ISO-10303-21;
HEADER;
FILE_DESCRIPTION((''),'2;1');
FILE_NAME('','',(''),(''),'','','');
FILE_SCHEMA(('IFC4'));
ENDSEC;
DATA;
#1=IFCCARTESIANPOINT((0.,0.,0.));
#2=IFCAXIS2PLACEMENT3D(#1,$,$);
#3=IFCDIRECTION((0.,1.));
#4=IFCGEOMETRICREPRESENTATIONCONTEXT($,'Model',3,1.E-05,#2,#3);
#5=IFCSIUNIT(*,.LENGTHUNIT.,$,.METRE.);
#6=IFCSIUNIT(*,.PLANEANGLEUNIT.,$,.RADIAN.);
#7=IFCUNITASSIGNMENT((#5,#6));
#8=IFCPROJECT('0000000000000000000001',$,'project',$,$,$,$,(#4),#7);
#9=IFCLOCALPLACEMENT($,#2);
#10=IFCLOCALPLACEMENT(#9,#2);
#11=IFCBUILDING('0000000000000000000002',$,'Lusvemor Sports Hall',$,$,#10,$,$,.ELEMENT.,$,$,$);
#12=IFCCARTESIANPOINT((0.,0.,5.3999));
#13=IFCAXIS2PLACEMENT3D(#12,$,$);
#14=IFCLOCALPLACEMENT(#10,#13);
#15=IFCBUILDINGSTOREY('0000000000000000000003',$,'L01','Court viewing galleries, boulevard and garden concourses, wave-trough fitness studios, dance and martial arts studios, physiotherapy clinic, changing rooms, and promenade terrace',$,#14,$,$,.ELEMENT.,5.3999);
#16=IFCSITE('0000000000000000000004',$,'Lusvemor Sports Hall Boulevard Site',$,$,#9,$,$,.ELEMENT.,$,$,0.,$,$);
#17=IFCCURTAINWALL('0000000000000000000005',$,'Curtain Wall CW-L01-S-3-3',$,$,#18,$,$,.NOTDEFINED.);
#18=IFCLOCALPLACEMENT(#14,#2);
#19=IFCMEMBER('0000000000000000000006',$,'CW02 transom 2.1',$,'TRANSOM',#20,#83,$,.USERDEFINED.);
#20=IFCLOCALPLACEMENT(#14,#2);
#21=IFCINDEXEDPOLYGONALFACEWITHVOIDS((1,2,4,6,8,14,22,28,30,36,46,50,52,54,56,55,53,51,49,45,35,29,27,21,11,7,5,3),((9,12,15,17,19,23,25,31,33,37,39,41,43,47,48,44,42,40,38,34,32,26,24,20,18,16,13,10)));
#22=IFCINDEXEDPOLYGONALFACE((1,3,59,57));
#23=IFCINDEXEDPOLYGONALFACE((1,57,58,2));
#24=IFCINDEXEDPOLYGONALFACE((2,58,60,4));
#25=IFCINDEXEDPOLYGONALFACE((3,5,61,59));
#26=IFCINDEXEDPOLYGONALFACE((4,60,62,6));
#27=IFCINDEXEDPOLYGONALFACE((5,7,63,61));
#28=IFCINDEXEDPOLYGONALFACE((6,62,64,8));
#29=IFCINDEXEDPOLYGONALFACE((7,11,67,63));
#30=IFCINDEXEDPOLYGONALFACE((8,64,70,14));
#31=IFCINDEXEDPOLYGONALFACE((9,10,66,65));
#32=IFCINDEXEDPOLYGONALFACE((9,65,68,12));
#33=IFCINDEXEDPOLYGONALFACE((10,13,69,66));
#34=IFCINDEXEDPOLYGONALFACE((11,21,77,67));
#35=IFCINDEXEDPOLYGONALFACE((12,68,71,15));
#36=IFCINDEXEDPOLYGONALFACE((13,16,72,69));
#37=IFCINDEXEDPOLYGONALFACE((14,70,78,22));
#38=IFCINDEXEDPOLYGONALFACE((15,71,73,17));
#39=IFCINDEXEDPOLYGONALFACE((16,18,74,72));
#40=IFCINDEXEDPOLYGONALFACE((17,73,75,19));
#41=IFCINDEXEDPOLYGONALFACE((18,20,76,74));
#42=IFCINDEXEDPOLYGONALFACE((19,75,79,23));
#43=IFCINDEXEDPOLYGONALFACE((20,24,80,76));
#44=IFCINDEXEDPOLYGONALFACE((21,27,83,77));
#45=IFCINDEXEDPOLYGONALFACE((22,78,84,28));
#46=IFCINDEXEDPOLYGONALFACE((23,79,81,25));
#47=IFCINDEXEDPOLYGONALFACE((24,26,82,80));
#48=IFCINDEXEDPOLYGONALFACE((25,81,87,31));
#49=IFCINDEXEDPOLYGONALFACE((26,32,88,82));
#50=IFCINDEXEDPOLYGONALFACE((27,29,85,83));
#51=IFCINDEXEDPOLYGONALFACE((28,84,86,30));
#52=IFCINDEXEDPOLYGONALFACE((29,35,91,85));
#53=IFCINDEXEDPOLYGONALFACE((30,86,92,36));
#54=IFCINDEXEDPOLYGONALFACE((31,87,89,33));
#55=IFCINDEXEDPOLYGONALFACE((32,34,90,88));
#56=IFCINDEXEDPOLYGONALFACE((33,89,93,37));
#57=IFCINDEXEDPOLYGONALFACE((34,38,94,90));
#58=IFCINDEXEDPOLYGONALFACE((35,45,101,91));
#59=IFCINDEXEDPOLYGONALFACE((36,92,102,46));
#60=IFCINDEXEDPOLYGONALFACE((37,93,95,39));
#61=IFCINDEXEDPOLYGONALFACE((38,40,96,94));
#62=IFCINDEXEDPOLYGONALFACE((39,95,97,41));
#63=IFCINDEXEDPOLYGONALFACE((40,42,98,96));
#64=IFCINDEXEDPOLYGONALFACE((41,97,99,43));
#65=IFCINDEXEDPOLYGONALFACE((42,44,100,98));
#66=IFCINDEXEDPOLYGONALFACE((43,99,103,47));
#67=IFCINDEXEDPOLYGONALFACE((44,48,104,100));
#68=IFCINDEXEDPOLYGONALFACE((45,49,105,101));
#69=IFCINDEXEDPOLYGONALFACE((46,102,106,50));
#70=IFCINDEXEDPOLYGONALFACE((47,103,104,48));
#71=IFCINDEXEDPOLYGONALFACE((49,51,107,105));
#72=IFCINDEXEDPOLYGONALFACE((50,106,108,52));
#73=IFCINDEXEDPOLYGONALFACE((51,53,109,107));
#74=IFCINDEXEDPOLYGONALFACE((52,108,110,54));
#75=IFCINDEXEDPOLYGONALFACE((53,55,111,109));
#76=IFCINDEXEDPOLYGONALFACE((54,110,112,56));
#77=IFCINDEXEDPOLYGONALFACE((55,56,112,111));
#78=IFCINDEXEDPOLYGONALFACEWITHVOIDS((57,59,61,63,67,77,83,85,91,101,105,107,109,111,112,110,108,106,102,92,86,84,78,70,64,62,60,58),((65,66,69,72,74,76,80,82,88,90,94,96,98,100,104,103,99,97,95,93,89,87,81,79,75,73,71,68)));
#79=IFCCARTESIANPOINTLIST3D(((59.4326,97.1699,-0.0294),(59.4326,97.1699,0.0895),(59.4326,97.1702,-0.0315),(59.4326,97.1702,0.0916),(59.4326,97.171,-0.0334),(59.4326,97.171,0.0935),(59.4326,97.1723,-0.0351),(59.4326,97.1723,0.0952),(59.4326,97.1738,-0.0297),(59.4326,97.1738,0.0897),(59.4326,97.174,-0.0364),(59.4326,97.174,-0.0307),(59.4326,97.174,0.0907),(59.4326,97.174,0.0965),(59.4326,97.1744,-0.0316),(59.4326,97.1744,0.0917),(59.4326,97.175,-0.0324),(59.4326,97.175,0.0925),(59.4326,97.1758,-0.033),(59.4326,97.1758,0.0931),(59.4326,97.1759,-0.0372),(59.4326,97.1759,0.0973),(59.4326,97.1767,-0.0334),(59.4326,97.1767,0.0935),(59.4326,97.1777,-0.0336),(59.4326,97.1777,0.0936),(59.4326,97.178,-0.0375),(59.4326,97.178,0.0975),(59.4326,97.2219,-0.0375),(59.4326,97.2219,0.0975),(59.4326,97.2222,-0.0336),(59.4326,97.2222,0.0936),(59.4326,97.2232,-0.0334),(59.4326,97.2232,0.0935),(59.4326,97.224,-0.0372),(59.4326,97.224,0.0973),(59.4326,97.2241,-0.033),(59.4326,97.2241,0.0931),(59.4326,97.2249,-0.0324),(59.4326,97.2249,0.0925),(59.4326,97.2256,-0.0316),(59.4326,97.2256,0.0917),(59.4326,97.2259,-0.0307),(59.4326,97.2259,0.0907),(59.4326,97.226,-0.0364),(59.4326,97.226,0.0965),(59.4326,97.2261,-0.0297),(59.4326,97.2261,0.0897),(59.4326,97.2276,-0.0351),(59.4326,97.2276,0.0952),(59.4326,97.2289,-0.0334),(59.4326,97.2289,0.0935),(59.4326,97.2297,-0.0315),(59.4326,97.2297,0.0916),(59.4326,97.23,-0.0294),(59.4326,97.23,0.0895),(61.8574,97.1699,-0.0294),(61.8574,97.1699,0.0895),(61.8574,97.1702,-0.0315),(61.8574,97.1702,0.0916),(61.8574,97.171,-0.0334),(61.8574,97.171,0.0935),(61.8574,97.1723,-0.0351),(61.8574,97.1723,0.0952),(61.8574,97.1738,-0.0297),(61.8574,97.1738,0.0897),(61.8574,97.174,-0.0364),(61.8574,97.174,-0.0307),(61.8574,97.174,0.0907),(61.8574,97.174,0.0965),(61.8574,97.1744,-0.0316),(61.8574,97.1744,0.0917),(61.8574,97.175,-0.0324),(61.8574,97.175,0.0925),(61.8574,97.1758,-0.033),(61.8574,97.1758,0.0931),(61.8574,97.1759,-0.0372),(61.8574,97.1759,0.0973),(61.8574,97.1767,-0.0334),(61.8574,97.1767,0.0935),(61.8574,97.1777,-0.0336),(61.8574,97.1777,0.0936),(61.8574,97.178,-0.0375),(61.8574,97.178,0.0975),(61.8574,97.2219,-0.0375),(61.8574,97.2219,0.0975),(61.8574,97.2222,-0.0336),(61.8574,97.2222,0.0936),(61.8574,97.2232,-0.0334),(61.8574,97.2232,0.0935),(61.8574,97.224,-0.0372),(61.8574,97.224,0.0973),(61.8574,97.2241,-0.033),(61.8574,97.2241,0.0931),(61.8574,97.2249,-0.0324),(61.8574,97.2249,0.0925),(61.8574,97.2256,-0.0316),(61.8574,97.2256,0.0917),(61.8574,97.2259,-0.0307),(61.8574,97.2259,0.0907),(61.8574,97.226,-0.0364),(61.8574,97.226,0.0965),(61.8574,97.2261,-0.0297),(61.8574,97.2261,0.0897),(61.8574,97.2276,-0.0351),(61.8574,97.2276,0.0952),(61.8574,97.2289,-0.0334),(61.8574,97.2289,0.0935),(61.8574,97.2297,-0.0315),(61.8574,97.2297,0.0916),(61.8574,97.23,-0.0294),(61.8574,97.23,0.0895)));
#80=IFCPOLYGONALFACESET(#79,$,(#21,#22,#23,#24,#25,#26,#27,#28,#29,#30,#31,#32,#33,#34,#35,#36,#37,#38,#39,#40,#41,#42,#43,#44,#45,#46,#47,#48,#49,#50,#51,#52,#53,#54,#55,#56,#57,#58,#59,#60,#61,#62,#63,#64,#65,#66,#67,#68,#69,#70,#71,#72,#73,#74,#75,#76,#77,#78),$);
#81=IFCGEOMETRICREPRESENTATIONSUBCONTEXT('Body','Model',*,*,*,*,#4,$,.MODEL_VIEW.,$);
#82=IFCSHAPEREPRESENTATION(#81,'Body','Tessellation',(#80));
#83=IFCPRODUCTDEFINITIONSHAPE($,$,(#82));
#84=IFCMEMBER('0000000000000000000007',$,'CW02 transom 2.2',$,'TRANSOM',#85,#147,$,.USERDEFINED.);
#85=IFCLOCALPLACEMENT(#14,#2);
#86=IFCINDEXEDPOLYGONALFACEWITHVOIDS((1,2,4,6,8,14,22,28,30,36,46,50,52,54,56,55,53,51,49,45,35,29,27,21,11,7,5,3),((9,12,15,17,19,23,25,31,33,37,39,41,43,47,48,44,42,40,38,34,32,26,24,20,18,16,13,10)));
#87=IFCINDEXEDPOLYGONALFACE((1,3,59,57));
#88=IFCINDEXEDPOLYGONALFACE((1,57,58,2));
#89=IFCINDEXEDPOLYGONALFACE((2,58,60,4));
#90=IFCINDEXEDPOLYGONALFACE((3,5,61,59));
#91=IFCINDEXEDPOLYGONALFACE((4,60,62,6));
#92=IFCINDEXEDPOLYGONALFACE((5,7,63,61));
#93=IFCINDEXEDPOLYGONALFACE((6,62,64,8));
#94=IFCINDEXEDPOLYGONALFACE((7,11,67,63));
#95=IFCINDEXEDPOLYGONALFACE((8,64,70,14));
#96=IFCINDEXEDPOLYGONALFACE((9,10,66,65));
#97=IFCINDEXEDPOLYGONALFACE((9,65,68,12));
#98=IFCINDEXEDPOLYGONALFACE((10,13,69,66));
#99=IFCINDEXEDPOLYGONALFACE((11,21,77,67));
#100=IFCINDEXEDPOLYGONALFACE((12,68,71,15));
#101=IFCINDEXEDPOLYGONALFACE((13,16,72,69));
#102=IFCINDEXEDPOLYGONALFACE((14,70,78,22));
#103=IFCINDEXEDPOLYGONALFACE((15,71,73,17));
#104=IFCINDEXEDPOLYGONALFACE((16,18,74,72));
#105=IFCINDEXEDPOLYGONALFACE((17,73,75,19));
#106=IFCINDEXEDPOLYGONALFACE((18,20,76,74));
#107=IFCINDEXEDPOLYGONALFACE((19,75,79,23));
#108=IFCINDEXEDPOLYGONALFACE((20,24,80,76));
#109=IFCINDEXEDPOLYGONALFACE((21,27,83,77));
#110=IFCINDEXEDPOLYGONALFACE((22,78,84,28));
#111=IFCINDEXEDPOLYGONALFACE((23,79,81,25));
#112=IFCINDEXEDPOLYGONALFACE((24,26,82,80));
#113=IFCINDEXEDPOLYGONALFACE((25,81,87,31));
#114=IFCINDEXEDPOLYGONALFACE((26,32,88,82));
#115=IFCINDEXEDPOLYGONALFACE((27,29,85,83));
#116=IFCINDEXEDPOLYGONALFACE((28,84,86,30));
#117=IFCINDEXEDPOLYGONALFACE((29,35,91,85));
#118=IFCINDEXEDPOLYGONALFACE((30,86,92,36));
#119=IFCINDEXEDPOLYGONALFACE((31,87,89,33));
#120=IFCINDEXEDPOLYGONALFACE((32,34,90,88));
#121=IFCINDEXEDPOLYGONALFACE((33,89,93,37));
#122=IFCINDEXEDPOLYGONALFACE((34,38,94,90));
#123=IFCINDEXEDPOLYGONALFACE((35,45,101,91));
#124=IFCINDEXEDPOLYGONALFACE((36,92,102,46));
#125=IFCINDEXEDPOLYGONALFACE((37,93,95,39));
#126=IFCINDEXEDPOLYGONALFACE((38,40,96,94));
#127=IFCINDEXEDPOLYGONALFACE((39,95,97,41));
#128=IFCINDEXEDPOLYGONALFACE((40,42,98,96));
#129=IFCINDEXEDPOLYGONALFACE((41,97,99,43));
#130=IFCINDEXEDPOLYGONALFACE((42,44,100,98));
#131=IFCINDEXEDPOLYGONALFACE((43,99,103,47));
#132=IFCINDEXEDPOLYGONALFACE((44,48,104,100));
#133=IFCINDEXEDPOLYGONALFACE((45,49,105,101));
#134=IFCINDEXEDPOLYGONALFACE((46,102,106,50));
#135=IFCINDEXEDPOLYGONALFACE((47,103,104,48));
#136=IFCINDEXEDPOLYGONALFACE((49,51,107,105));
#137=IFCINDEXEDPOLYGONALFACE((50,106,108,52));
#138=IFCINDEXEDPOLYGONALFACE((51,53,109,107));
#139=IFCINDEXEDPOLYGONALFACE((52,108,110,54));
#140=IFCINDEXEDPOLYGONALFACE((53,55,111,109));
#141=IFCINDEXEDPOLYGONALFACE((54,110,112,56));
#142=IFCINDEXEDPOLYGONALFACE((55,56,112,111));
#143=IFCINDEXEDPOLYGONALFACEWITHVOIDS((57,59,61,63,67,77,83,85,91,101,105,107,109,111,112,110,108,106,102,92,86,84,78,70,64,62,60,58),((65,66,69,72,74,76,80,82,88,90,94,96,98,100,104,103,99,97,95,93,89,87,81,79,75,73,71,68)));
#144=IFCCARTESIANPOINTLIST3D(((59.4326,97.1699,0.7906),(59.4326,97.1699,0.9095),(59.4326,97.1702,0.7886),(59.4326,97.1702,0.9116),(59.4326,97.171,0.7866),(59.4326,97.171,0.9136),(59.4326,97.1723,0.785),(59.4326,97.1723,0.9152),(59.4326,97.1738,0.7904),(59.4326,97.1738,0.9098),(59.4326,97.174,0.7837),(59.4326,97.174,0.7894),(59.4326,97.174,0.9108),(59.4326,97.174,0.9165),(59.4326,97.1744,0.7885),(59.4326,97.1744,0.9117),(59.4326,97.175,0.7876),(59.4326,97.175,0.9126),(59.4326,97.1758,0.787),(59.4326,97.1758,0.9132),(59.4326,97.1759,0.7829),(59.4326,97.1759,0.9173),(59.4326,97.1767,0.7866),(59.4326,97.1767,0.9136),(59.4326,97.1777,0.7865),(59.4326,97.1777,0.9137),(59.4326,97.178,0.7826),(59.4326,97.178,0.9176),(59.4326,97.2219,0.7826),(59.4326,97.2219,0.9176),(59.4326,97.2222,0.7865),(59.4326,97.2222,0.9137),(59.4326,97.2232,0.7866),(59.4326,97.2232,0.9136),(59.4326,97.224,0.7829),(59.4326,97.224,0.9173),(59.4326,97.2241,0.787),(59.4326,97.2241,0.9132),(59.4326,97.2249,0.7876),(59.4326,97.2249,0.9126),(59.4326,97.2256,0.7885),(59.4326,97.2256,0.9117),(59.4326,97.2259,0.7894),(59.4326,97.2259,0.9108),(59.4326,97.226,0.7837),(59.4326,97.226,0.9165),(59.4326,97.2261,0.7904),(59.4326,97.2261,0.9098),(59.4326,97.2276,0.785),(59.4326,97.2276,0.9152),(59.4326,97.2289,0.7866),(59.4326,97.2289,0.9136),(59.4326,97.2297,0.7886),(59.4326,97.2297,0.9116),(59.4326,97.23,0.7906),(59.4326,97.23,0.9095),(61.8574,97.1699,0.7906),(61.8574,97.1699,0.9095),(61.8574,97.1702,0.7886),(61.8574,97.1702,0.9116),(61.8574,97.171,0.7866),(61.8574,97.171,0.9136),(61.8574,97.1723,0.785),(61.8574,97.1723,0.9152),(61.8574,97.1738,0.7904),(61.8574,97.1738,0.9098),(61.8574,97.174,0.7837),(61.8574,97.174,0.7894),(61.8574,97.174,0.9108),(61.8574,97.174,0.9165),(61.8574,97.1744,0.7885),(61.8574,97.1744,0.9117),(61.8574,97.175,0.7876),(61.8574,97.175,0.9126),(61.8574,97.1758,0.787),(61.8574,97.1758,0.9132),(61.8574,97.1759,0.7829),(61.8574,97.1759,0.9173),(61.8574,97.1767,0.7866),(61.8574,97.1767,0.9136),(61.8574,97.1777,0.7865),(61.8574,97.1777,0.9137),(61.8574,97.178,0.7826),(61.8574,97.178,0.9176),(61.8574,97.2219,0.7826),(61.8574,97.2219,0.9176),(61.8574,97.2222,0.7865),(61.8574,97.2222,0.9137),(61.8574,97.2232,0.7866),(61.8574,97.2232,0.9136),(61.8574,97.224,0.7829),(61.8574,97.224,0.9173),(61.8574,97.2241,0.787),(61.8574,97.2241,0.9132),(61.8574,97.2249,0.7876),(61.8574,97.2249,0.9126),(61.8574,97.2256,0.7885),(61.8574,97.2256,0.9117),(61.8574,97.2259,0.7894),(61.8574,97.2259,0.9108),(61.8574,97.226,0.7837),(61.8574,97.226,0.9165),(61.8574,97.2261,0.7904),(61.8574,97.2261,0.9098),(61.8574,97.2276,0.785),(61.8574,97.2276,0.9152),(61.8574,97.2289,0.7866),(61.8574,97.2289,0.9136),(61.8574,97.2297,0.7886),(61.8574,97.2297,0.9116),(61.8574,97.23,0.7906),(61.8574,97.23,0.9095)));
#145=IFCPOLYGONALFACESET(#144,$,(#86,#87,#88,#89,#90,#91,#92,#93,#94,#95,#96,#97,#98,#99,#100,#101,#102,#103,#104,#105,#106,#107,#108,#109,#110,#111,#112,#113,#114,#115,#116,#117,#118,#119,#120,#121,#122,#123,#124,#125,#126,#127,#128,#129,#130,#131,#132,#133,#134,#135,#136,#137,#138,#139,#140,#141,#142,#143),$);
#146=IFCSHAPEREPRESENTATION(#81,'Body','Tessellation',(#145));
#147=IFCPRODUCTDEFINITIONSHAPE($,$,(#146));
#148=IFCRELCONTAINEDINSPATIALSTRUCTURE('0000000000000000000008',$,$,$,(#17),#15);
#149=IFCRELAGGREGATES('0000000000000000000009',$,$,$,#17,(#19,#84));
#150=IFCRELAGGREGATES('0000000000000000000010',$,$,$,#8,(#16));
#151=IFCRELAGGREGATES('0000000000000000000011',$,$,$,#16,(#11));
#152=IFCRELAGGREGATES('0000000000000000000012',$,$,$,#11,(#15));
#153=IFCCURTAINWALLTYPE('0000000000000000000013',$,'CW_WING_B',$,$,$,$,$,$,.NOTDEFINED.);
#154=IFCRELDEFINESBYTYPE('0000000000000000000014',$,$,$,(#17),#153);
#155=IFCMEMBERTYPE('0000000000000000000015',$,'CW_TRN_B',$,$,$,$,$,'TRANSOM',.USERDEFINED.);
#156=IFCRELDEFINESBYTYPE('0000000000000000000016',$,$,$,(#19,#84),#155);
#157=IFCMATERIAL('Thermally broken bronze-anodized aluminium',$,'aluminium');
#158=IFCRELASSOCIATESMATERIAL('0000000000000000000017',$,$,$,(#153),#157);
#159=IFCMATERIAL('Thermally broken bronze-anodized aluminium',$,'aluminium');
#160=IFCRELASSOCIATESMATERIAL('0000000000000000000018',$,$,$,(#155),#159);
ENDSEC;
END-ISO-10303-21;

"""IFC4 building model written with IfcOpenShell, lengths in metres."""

from ifc_helpers import new_model, si_unit, direction, frame, origin, origin_2d, place, context, subcontext, project, spatial, hollow_rectangle, extrude, material, material_profile, profile_set, type_object, element, aggregate, save


model = new_model("IFC4")

# Units and contexts
model_context = context("Model", 3, precision=1e-05, world=origin(), true_north=direction((0.0, 1.0)))
body_context = subcontext(model_context, "Body", "Model", "MODEL_VIEW")
ifc_project = project(units=[si_unit("LENGTHUNIT", "METRE"), si_unit("PLANEANGLEUNIT", "RADIAN")], contexts=[model_context])

# Site, building, storey
site_placement = place(None, origin())
site = spatial("IfcSite", under=ifc_project, at=site_placement, Name="Lusvemor Sports Hall Boulevard Site", CompositionType="ELEMENT", RefElevation=0.0)
building_placement = place(site_placement, origin())
building = spatial("IfcBuilding", under=site, at=building_placement, Name="Lusvemor Sports Hall", CompositionType="ELEMENT")
storey_placement = place(building_placement, frame((0.0, 0.0, 5.3999)))
storey = spatial("IfcBuildingStorey", under=building, at=storey_placement, Name="L01", Description="Court viewing galleries, boulevard and garden concourses, wave-trough fitness studios, dance and martial arts studios, physiotherapy clinic, changing rooms, and promenade terrace", CompositionType="ELEMENT", Elevation=5.3999)

# Curtain wall, members
ifc_material_1 = material(Name="Thermally broken bronze-anodized aluminium", Category="aluminium")
curtain_wall_type = type_object("IfcCurtainWallType", Name="CW_WING_B", PredefinedType="NOTDEFINED", material=ifc_material_1)
curtain_wall_placement = place(storey_placement, origin())
curtain_wall = element("IfcCurtainWall", 1, at=curtain_wall_placement, inside=storey, type_object=curtain_wall_type, Name="Curtain Wall CW-L01-S-3-3", PredefinedType="NOTDEFINED")
ifc_material_2 = material(Name="Thermally broken bronze-anodized aluminium", Category="aluminium")
ifc_material_profile_1 = material_profile(ifc_material_2, hollow_rectangle(XDim=0.0601, YDim=0.135, WallThickness=0.0039, InnerFilletRadius=0.0039, OuterFilletRadius=0.0081, at=origin_2d()), Name="CWTRN135x60x4")
ifc_profile_set_1 = profile_set([ifc_material_profile_1], Name="Thermally broken bronze-anodized aluminium")
member_type_1 = type_object("IfcMemberType", Name="CW_TRN_B", ElementType="TRANSOM", PredefinedType="USERDEFINED", material=ifc_profile_set_1)
member_1_placement = place(storey_placement, frame((61.8574, 97.2, 0.03), z_axis=(-1.0, 0.0, 0.0), x_axis=(0.0, -1.0, 0.0)))
member_1 = element("IfcMember", 2, at=member_1_placement, type_object=member_type_1, Name="CW02 transom 2.1", ObjectType="TRANSOM", PredefinedType="USERDEFINED", context=body_context, shape_type="SweptSolid", body=[
    extrude(hollow_rectangle(XDim=0.0601, YDim=0.135, WallThickness=0.0039, InnerFilletRadius=0.0039, OuterFilletRadius=0.0081, at=origin_2d()), origin(), (0.0, 0.0, 1.0), 2.4248),
])
member_2_placement = place(storey_placement, frame((61.8574, 97.2, 0.8501), z_axis=(-1.0, 0.0, 0.0), x_axis=(0.0, -1.0, 0.0)))
member_2 = element("IfcMember", 3, at=member_2_placement, type_object=member_type_1, Name="CW02 transom 2.2", ObjectType="TRANSOM", PredefinedType="USERDEFINED", context=body_context, shape_type="SweptSolid", body=[
    extrude(hollow_rectangle(XDim=0.0601, YDim=0.135, WallThickness=0.0039, InnerFilletRadius=0.0039, OuterFilletRadius=0.0081, at=origin_2d()), origin(), (0.0, 0.0, 1.0), 2.4248),
])
aggregate(curtain_wall, [member_1, member_2])

save(model, "model.ifc")
